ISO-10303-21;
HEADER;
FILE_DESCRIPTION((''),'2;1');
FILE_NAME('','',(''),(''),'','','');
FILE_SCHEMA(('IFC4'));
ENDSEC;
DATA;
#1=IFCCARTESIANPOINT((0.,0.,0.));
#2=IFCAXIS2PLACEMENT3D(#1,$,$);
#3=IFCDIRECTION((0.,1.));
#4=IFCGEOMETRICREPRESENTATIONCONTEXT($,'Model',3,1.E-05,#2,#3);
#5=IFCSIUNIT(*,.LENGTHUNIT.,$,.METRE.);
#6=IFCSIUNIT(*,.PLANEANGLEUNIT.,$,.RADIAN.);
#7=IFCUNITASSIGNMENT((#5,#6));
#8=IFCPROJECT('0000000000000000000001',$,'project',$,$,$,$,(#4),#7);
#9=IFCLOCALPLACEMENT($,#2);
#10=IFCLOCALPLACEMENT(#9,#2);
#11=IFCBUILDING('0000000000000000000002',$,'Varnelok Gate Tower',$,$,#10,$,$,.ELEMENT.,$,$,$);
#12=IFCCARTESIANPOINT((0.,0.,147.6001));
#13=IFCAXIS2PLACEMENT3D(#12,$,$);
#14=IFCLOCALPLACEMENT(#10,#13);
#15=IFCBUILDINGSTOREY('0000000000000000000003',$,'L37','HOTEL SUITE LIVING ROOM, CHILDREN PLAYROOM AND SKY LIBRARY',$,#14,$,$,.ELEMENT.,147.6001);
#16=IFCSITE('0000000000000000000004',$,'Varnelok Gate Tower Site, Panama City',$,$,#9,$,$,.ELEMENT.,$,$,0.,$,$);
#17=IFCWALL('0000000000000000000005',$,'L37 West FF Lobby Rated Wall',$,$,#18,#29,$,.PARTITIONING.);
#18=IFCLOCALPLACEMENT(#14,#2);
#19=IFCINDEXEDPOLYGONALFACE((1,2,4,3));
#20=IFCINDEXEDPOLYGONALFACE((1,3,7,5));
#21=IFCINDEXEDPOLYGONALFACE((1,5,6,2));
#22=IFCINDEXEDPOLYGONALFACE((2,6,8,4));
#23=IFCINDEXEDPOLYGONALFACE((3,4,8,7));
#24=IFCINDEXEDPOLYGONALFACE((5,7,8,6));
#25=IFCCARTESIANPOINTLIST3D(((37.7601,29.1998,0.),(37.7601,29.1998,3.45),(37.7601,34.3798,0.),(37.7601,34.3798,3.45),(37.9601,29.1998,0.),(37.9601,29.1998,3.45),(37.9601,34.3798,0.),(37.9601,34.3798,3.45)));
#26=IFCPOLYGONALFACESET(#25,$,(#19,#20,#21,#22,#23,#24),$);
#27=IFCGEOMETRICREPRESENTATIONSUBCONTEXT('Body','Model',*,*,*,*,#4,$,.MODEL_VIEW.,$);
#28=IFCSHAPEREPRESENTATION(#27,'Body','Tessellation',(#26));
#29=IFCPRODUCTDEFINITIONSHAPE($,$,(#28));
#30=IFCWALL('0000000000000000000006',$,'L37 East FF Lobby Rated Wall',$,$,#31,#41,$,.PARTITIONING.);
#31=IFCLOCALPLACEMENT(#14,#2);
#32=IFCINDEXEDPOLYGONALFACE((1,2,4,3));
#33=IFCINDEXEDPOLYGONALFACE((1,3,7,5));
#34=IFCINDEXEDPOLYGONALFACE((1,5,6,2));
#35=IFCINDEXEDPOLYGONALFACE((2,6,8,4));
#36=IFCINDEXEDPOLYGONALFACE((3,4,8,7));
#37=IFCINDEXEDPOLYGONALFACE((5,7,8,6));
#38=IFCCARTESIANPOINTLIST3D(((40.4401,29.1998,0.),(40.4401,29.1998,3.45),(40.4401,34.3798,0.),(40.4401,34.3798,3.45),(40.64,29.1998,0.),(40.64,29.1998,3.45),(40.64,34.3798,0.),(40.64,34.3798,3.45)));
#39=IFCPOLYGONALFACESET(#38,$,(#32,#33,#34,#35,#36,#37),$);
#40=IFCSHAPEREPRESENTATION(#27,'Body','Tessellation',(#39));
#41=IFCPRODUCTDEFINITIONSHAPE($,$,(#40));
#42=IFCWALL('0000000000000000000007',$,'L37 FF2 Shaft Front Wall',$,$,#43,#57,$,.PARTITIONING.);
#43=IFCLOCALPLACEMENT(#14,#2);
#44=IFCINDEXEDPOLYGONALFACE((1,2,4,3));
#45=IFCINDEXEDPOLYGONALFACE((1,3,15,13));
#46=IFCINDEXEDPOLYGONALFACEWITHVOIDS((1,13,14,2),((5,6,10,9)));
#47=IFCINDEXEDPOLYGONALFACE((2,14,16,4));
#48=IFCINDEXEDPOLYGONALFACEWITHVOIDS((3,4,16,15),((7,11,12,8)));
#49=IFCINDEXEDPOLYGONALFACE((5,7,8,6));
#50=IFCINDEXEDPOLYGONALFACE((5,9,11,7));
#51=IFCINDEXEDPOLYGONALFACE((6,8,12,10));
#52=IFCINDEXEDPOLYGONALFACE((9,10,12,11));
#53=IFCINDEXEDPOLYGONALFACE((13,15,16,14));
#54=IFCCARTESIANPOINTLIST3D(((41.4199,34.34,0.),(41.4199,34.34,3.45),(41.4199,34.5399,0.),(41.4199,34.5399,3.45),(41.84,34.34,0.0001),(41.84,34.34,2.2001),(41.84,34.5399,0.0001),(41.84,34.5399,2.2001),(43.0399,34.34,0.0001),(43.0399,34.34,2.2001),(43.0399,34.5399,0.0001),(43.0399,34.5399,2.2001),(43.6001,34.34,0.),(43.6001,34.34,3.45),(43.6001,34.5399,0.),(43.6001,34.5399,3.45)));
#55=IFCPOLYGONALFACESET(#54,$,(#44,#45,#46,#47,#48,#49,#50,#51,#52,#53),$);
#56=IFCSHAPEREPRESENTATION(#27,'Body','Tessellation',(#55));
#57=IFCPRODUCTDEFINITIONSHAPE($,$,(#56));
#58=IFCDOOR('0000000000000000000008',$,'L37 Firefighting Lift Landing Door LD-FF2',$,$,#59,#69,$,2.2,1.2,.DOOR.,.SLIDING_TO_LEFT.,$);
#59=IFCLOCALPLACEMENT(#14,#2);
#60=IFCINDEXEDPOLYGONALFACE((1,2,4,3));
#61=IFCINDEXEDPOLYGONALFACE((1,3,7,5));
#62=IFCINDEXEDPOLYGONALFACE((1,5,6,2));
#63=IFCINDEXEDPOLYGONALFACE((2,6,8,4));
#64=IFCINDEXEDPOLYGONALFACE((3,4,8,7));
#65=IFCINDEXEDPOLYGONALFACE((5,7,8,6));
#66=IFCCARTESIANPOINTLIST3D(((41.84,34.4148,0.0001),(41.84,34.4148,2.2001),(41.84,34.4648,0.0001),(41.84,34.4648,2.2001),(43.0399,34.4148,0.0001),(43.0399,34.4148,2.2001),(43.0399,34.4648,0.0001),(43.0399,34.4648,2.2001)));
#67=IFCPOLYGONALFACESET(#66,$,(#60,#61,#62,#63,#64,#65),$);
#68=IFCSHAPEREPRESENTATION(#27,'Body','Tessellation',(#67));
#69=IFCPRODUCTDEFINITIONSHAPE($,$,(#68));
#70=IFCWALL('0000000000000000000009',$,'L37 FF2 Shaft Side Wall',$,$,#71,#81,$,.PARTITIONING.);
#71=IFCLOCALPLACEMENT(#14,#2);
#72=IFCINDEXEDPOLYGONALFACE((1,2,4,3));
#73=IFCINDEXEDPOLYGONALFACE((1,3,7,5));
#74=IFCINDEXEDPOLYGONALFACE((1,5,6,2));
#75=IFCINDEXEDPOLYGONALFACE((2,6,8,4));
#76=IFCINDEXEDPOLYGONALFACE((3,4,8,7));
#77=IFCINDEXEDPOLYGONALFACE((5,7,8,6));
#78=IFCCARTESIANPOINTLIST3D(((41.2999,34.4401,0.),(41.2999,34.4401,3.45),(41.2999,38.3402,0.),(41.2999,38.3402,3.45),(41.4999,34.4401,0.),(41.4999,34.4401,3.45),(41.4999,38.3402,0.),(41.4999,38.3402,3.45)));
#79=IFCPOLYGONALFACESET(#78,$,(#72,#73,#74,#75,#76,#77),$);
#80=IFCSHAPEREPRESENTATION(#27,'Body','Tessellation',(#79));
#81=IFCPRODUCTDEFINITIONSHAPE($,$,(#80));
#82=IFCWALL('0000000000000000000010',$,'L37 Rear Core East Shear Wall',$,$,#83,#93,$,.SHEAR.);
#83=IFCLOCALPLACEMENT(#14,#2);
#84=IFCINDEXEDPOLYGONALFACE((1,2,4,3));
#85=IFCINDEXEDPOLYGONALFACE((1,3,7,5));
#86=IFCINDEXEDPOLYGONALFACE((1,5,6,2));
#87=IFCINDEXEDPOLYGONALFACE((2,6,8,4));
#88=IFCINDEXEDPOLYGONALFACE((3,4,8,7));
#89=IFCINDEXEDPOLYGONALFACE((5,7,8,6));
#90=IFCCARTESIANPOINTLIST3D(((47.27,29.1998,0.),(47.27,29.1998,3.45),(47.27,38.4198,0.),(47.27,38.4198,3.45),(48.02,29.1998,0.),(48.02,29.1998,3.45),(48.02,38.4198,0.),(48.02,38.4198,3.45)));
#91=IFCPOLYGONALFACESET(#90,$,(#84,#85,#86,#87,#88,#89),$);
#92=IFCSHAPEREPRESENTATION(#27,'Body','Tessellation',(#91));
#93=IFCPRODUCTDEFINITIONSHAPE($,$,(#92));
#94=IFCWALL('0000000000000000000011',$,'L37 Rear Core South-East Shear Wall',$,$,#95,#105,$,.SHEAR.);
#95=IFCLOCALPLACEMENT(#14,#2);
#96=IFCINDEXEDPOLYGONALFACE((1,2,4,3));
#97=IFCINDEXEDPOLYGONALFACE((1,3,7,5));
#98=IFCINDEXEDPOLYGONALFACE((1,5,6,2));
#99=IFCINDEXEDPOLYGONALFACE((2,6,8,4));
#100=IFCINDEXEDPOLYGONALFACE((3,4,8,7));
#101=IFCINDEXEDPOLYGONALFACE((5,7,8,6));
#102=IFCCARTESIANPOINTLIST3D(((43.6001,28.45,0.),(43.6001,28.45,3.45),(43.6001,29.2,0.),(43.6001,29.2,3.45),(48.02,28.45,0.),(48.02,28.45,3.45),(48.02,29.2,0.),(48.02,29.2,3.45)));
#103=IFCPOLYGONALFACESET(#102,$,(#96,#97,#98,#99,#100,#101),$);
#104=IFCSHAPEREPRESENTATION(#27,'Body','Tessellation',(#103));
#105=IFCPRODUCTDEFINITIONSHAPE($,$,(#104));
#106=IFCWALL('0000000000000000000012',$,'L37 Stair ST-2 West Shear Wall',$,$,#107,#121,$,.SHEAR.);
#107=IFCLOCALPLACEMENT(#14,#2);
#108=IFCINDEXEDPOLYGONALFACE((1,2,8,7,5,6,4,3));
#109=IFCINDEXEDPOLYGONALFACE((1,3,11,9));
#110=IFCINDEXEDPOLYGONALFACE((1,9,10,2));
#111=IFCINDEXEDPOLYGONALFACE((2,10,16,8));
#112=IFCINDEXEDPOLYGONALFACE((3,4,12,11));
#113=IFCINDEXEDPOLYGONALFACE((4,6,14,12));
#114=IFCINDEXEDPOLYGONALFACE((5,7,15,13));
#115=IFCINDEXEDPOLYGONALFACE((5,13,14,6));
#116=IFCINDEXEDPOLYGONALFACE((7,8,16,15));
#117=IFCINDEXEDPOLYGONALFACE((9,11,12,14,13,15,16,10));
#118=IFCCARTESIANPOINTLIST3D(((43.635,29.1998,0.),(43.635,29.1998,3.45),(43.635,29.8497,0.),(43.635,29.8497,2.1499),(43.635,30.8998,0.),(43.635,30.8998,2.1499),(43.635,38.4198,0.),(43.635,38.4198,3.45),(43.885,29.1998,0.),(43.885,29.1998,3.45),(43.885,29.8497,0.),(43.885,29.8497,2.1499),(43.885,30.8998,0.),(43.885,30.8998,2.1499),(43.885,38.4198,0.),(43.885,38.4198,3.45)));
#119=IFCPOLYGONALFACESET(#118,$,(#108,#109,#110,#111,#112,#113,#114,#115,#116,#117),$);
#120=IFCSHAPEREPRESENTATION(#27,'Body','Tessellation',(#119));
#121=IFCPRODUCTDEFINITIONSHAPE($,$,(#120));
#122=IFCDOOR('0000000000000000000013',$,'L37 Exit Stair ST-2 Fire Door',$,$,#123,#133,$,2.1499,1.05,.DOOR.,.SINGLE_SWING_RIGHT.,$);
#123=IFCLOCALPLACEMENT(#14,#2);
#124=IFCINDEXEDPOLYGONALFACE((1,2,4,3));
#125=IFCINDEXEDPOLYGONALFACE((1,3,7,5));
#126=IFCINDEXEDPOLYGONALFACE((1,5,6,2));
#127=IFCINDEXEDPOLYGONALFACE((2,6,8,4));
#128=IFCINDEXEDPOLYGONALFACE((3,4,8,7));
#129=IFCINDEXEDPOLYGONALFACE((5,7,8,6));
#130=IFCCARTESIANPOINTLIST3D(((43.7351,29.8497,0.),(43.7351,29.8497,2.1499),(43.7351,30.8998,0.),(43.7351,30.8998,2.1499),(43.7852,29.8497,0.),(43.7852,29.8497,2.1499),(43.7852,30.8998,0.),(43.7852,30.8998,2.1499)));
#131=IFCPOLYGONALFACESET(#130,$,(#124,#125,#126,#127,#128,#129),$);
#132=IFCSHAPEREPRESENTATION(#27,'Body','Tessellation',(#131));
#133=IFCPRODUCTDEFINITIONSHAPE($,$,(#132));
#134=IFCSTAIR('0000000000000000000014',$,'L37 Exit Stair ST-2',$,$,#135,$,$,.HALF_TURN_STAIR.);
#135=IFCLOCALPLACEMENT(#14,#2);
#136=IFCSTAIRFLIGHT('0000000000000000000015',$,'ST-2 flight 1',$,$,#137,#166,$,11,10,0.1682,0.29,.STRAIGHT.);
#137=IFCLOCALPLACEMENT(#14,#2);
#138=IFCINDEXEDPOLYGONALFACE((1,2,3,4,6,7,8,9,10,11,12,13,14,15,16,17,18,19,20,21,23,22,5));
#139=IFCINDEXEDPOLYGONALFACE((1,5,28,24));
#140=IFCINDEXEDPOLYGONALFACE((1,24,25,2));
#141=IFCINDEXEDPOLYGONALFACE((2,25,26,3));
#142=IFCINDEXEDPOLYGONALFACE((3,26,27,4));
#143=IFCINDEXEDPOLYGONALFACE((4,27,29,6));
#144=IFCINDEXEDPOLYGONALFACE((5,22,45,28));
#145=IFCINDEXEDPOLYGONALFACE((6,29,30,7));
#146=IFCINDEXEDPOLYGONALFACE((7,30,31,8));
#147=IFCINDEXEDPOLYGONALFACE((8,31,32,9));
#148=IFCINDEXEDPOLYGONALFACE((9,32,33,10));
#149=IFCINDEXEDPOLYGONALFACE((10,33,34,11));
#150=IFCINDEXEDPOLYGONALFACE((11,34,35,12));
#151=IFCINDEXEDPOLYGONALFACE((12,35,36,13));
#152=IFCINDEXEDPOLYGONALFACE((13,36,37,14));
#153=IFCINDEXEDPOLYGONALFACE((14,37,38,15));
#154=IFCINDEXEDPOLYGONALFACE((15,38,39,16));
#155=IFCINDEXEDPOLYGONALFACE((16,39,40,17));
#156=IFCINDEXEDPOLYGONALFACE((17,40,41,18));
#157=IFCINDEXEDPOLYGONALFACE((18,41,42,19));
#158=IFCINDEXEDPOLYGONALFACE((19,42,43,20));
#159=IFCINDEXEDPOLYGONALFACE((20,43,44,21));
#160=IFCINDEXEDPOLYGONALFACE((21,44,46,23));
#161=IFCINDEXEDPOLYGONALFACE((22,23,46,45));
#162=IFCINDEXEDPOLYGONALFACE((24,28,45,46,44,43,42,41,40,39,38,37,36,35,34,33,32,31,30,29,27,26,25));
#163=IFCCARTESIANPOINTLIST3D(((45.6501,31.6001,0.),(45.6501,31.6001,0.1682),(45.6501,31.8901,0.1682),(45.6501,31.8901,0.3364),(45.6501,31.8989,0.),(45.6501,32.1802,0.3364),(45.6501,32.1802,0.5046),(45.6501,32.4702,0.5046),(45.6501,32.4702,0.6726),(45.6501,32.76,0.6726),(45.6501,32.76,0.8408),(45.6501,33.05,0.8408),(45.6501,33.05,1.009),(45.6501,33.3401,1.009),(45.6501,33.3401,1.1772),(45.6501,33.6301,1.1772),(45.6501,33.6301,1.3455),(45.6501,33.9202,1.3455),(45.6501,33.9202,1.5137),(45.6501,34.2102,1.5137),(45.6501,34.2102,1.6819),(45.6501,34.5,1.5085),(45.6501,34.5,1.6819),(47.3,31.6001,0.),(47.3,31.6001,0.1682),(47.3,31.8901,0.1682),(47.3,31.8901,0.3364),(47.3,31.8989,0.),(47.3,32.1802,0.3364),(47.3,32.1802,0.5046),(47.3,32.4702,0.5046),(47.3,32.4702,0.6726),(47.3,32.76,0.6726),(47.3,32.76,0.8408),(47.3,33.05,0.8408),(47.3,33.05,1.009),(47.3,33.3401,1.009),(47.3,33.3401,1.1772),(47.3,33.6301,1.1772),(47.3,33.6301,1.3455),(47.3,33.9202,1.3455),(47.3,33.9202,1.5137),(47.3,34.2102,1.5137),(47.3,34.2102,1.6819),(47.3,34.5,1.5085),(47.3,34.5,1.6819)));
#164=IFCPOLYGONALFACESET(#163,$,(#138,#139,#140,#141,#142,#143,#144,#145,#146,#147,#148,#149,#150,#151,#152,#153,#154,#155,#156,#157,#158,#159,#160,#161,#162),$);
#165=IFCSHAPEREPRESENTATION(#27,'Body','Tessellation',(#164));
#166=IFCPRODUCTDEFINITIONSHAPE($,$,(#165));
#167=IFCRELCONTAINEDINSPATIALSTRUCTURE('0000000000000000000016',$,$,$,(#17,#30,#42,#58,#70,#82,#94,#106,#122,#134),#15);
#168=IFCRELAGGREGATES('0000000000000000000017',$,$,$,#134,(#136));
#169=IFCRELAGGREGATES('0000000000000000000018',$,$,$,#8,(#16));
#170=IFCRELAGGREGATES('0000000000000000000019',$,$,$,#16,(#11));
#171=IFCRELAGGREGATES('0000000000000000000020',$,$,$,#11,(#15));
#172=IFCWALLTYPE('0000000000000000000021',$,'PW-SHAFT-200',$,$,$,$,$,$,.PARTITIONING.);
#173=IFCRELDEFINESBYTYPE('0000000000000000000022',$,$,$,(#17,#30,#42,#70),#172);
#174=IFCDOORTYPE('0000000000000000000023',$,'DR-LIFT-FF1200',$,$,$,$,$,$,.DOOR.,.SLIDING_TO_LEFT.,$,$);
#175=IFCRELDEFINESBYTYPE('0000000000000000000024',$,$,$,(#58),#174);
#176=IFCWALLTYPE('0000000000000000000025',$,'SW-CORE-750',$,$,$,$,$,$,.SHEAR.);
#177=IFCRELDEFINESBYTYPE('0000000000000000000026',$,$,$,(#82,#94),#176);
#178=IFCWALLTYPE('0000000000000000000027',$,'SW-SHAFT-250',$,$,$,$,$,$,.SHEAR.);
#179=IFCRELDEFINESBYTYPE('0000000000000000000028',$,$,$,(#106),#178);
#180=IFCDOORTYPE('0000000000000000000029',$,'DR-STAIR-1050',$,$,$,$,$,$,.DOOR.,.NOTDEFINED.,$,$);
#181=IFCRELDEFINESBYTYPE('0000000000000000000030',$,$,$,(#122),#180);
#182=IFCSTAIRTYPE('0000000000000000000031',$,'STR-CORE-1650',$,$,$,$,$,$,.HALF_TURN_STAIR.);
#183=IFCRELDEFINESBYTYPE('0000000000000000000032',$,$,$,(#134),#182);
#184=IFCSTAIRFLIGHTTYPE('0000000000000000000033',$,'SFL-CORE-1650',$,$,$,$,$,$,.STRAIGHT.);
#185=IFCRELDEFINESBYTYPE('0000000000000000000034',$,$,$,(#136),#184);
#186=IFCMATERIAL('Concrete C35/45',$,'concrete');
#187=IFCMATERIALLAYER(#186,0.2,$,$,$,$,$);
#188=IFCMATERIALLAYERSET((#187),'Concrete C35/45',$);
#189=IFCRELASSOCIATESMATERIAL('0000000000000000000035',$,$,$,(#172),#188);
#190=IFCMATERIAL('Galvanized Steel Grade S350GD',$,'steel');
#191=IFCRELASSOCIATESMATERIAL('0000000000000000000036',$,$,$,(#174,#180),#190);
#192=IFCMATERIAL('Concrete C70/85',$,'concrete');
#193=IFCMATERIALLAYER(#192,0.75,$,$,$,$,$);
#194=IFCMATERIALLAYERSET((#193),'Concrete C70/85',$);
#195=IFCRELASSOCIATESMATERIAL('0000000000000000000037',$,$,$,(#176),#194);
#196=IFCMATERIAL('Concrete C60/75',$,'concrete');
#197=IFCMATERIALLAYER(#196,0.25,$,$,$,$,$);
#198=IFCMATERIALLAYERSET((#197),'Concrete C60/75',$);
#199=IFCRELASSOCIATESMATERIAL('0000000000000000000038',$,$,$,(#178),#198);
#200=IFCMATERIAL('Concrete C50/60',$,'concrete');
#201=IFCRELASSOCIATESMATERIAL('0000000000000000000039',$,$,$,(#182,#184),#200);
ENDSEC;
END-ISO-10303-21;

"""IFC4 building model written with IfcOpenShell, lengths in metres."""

from ifc_helpers import new_model, si_unit, direction, frame, frame_2d, origin, place, context, subcontext, project, spatial, polyline, rectangle, outline, extrude, material, layer, layer_set, type_object, element, fill, aggregate, save


model = new_model("IFC4")

# Units and contexts
model_context = context("Model", 3, precision=1e-05, world=origin(), true_north=direction((0.0, 1.0)))
body_context = subcontext(model_context, "Body", "Model", "MODEL_VIEW")
ifc_project = project(units=[si_unit("LENGTHUNIT", "METRE"), si_unit("PLANEANGLEUNIT", "RADIAN")], contexts=[model_context])

# Site, building, storey
site_placement = place(None, origin())
site = spatial("IfcSite", under=ifc_project, at=site_placement, Name="Varnelok Gate Tower Site, Panama City", CompositionType="ELEMENT", RefElevation=0.0)
building_placement = place(site_placement, origin())
building = spatial("IfcBuilding", under=site, at=building_placement, Name="Varnelok Gate Tower", CompositionType="ELEMENT")
storey_placement = place(building_placement, frame((0.0, 0.0, 147.6001)))
storey = spatial("IfcBuildingStorey", under=building, at=storey_placement, Name="L37", Description="HOTEL SUITE LIVING ROOM, CHILDREN PLAYROOM AND SKY LIBRARY", CompositionType="ELEMENT", Elevation=147.6001)

# Shared definitions
ifc_material_1 = material(Name="Concrete C60/75", Category="concrete")

# Shared definitions
ifc_material_2 = material(Name="Galvanized Steel Grade S350GD", Category="steel")

# Walls
ifc_material_3 = material(Name="Concrete C35/45", Category="concrete")
ifc_layer_1 = layer(ifc_material_3, 0.2)
ifc_layer_set_1 = layer_set([ifc_layer_1], Name="Concrete C35/45")
wall_type_1 = type_object("IfcWallType", Name="PW-SHAFT-200", PredefinedType="PARTITIONING", material=ifc_layer_set_1)
for number, where, z_axis, x_axis, name in (
    (1, (37.8601, 29.2, 0.0), (0.0, 0.0, 1.0), (0.0, 1.0, 0.0), "L37 West FF Lobby Rated Wall"),
    (2, (40.54, 29.2, 0.0), (0.0, 0.0, 1.0), (0.0, 1.0, 0.0), "L37 East FF Lobby Rated Wall"),
):
    element("IfcWall", number, at=place(storey_placement, frame(where, z_axis=z_axis, x_axis=x_axis)), inside=storey, type_object=wall_type_1, Name=name, PredefinedType="PARTITIONING", context=body_context, shape_type="SweptSolid", body=[
        extrude(rectangle(XDim=5.1799, YDim=0.2, at=frame_2d((2.5898, 0.0))), origin(), (0.0, 0.0, 1.0), 3.45),
    ])

# Wall, opening, door
wall_1_placement = place(storey_placement, frame((41.4199, 34.4399, 0.0), z_axis=(0.0, 0.0, 1.0), x_axis=(1.0, 0.0, 0.0)))
wall_1 = element("IfcWall", 3, at=wall_1_placement, inside=storey, type_object=wall_type_1, Name="L37 FF2 Shaft Front Wall", PredefinedType="PARTITIONING", context=body_context, shape_type="SweptSolid", body=[
    extrude(rectangle(XDim=2.1802, YDim=0.2, at=frame_2d((1.0901, 0.0))), origin(), (0.0, 0.0, 1.0), 3.45),
])
opening_1_placement = place(wall_1_placement, frame((0.4199, 0.0, 0.0)))
opening_1 = element("IfcOpeningElement", 4, at=opening_1_placement, cuts=wall_1, PredefinedType="OPENING", context=body_context, shape_type="SweptSolid", body=[
    extrude(rectangle(XDim=1.2, YDim=2.2, at=frame_2d((0.6001, 1.1001))), frame((0.0, 0.1099, 0.0), z_axis=(0.0, -1.0, 0.0), x_axis=(1.0, 0.0, 0.0)), (0.0, 0.0, 1.0), 0.22),
])
door_type_1 = type_object("IfcDoorType", Name="DR-LIFT-FF1200", OperationType="SLIDING_TO_LEFT", PredefinedType="DOOR", material=ifc_material_2)
door_1_placement = place(opening_1_placement, origin())
door_1 = element("IfcDoor", 5, at=door_1_placement, inside=storey, type_object=door_type_1, Name="L37 Firefighting Lift Landing Door LD-FF2", OperationType="SLIDING_TO_LEFT", OverallHeight=2.2, OverallWidth=1.2, PredefinedType="DOOR", context=body_context, shape_type="SweptSolid", body=[
    extrude(rectangle(XDim=1.2, YDim=2.2, at=frame_2d((0.6001, 1.1001))), frame((0.0, 0.0249, 0.0), z_axis=(0.0, -1.0, 0.0), x_axis=(1.0, 0.0, 0.0)), (0.0, 0.0, 1.0), 0.05),
])
fill(opening_1, door_1)

# Walls
wall_2_placement = place(storey_placement, frame((41.3999, 34.4399, 0.0), z_axis=(0.0, 0.0, 1.0), x_axis=(0.0, 1.0, 0.0)))
element("IfcWall", 6, at=wall_2_placement, inside=storey, type_object=wall_type_1, Name="L37 FF2 Shaft Side Wall", PredefinedType="PARTITIONING", context=body_context, shape_type="SweptSolid", body=[
    extrude(rectangle(XDim=3.9001, YDim=0.2, at=frame_2d((1.9502, 0.0))), origin(), (0.0, 0.0, 1.0), 3.45),
])
ifc_material_4 = material(Name="Concrete C70/85", Category="concrete")
ifc_layer_2 = layer(ifc_material_4, 0.75)
ifc_layer_set_2 = layer_set([ifc_layer_2], Name="Concrete C70/85")
wall_type_2 = type_object("IfcWallType", Name="SW-CORE-750", PredefinedType="SHEAR", material=ifc_layer_set_2)
wall_3_placement = place(storey_placement, frame((47.645, 29.2, 0.0), z_axis=(0.0, 0.0, 1.0), x_axis=(0.0, 1.0, 0.0)))
element("IfcWall", 7, at=wall_3_placement, inside=storey, type_object=wall_type_2, Name="L37 Rear Core East Shear Wall", PredefinedType="SHEAR", context=body_context, shape_type="SweptSolid", body=[
    extrude(rectangle(XDim=9.22, YDim=0.75, at=frame_2d((4.6099, 0.0))), origin(), (0.0, 0.0, 1.0), 3.45),
])
wall_4_placement = place(storey_placement, frame((43.6001, 28.825, 0.0), z_axis=(0.0, 0.0, 1.0), x_axis=(1.0, 0.0, 0.0)))
element("IfcWall", 8, at=wall_4_placement, inside=storey, type_object=wall_type_2, Name="L37 Rear Core South-East Shear Wall", PredefinedType="SHEAR", context=body_context, shape_type="SweptSolid", body=[
    extrude(rectangle(XDim=4.4199, YDim=0.75, at=frame_2d((2.21, 0.0))), origin(), (0.0, 0.0, 1.0), 3.45),
])

# Wall, opening, door
ifc_layer_3 = layer(ifc_material_1, 0.25)
ifc_layer_set_3 = layer_set([ifc_layer_3], Name="Concrete C60/75")
wall_type_3 = type_object("IfcWallType", Name="SW-SHAFT-250", PredefinedType="SHEAR", material=ifc_layer_set_3)
wall_5_placement = place(storey_placement, frame((43.76, 29.2, 0.0), z_axis=(0.0, 0.0, 1.0), x_axis=(0.0, 1.0, 0.0)))
wall_5 = element("IfcWall", 9, at=wall_5_placement, inside=storey, type_object=wall_type_3, Name="L37 Stair ST-2 West Shear Wall", PredefinedType="SHEAR", context=body_context, shape_type="SweptSolid", body=[
    extrude(rectangle(XDim=9.22, YDim=0.25, at=frame_2d((4.6099, 0.0))), origin(), (0.0, 0.0, 1.0), 3.45),
])
opening_2_placement = place(wall_5_placement, frame((0.6499, 0.0, 0.0)))
opening_2 = element("IfcOpeningElement", 10, at=opening_2_placement, cuts=wall_5, PredefinedType="OPENING", context=body_context, shape_type="SweptSolid", body=[
    extrude(rectangle(XDim=1.05, YDim=2.1499, at=frame_2d((0.5249, 1.075))), frame((0.0, 0.135, 0.0), z_axis=(0.0, -1.0, 0.0), x_axis=(1.0, 0.0, 0.0)), (0.0, 0.0, 1.0), 0.27),
])
door_type_2 = type_object("IfcDoorType", Name="DR-STAIR-1050", OperationType="NOTDEFINED", PredefinedType="DOOR", material=ifc_material_2)
door_2_placement = place(opening_2_placement, origin())
door_2 = element("IfcDoor", 11, at=door_2_placement, inside=storey, type_object=door_type_2, Name="L37 Exit Stair ST-2 Fire Door", OperationType="SINGLE_SWING_RIGHT", OverallHeight=2.1499, OverallWidth=1.05, PredefinedType="DOOR", context=body_context, shape_type="SweptSolid", body=[
    extrude(rectangle(XDim=1.05, YDim=2.1499, at=frame_2d((0.5249, 1.075))), frame((0.0, 0.0249, 0.0), z_axis=(0.0, -1.0, 0.0), x_axis=(1.0, 0.0, 0.0)), (0.0, 0.0, 1.0), 0.05),
])
fill(opening_2, door_2)

# Stair, stair flight
ifc_material_5 = material(Name="Concrete C50/60", Category="concrete")
stair_type = type_object("IfcStairType", Name="STR-CORE-1650", PredefinedType="HALF_TURN_STAIR", material=ifc_material_5)
stair_placement = place(storey_placement, origin())
stair = element("IfcStair", 12, at=stair_placement, inside=storey, type_object=stair_type, Name="L37 Exit Stair ST-2", PredefinedType="HALF_TURN_STAIR")
stair_flight_type = type_object("IfcStairFlightType", Name="SFL-CORE-1650", PredefinedType="STRAIGHT", material=ifc_material_5)
stair_flight_1_placement = place(storey_placement, frame((46.4751, 31.6001, 0.0), z_axis=(0.0, 0.0, 1.0), x_axis=(0.0, 1.0, 0.0)))
stair_flight_1 = element("IfcStairFlight", 13, at=stair_flight_1_placement, type_object=stair_flight_type, Name="ST-2 flight 1", NumberOfRisers=11, NumberOfTreads=10, PredefinedType="STRAIGHT", RiserHeight=0.1682, TreadLength=0.29, context=body_context, shape_type="SweptSolid", body=[
    extrude(outline(polyline([(0.0, 0.0), (0.0, 0.1682), (0.29, 0.1682), (0.29, 0.3364), (0.5801, 0.3364), (0.5801, 0.5046), (0.8701, 0.5046), (0.8701, 0.6726), (1.1599, 0.6726), (1.1599, 0.8408), (1.45, 0.8408), (1.45, 1.009), (1.74, 1.009), (1.74, 1.1772), (2.03, 1.1772), (2.03, 1.3455), (2.3201, 1.3455), (2.3201, 1.5137), (2.6101, 1.5137), (2.6101, 1.6819), (2.8999, 1.6819), (2.8999, 1.8501), (2.8999, 1.5085), (0.2988, 0.0), (0.0, 0.0)])), frame((0.0, 0.825, 0.0), z_axis=(0.0, -1.0, 0.0), x_axis=(1.0, 0.0, 0.0)), (0.0, 0.0, 1.0), 1.6499),
])
aggregate(stair, [stair_flight_1])

save(model, "model.ifc")
